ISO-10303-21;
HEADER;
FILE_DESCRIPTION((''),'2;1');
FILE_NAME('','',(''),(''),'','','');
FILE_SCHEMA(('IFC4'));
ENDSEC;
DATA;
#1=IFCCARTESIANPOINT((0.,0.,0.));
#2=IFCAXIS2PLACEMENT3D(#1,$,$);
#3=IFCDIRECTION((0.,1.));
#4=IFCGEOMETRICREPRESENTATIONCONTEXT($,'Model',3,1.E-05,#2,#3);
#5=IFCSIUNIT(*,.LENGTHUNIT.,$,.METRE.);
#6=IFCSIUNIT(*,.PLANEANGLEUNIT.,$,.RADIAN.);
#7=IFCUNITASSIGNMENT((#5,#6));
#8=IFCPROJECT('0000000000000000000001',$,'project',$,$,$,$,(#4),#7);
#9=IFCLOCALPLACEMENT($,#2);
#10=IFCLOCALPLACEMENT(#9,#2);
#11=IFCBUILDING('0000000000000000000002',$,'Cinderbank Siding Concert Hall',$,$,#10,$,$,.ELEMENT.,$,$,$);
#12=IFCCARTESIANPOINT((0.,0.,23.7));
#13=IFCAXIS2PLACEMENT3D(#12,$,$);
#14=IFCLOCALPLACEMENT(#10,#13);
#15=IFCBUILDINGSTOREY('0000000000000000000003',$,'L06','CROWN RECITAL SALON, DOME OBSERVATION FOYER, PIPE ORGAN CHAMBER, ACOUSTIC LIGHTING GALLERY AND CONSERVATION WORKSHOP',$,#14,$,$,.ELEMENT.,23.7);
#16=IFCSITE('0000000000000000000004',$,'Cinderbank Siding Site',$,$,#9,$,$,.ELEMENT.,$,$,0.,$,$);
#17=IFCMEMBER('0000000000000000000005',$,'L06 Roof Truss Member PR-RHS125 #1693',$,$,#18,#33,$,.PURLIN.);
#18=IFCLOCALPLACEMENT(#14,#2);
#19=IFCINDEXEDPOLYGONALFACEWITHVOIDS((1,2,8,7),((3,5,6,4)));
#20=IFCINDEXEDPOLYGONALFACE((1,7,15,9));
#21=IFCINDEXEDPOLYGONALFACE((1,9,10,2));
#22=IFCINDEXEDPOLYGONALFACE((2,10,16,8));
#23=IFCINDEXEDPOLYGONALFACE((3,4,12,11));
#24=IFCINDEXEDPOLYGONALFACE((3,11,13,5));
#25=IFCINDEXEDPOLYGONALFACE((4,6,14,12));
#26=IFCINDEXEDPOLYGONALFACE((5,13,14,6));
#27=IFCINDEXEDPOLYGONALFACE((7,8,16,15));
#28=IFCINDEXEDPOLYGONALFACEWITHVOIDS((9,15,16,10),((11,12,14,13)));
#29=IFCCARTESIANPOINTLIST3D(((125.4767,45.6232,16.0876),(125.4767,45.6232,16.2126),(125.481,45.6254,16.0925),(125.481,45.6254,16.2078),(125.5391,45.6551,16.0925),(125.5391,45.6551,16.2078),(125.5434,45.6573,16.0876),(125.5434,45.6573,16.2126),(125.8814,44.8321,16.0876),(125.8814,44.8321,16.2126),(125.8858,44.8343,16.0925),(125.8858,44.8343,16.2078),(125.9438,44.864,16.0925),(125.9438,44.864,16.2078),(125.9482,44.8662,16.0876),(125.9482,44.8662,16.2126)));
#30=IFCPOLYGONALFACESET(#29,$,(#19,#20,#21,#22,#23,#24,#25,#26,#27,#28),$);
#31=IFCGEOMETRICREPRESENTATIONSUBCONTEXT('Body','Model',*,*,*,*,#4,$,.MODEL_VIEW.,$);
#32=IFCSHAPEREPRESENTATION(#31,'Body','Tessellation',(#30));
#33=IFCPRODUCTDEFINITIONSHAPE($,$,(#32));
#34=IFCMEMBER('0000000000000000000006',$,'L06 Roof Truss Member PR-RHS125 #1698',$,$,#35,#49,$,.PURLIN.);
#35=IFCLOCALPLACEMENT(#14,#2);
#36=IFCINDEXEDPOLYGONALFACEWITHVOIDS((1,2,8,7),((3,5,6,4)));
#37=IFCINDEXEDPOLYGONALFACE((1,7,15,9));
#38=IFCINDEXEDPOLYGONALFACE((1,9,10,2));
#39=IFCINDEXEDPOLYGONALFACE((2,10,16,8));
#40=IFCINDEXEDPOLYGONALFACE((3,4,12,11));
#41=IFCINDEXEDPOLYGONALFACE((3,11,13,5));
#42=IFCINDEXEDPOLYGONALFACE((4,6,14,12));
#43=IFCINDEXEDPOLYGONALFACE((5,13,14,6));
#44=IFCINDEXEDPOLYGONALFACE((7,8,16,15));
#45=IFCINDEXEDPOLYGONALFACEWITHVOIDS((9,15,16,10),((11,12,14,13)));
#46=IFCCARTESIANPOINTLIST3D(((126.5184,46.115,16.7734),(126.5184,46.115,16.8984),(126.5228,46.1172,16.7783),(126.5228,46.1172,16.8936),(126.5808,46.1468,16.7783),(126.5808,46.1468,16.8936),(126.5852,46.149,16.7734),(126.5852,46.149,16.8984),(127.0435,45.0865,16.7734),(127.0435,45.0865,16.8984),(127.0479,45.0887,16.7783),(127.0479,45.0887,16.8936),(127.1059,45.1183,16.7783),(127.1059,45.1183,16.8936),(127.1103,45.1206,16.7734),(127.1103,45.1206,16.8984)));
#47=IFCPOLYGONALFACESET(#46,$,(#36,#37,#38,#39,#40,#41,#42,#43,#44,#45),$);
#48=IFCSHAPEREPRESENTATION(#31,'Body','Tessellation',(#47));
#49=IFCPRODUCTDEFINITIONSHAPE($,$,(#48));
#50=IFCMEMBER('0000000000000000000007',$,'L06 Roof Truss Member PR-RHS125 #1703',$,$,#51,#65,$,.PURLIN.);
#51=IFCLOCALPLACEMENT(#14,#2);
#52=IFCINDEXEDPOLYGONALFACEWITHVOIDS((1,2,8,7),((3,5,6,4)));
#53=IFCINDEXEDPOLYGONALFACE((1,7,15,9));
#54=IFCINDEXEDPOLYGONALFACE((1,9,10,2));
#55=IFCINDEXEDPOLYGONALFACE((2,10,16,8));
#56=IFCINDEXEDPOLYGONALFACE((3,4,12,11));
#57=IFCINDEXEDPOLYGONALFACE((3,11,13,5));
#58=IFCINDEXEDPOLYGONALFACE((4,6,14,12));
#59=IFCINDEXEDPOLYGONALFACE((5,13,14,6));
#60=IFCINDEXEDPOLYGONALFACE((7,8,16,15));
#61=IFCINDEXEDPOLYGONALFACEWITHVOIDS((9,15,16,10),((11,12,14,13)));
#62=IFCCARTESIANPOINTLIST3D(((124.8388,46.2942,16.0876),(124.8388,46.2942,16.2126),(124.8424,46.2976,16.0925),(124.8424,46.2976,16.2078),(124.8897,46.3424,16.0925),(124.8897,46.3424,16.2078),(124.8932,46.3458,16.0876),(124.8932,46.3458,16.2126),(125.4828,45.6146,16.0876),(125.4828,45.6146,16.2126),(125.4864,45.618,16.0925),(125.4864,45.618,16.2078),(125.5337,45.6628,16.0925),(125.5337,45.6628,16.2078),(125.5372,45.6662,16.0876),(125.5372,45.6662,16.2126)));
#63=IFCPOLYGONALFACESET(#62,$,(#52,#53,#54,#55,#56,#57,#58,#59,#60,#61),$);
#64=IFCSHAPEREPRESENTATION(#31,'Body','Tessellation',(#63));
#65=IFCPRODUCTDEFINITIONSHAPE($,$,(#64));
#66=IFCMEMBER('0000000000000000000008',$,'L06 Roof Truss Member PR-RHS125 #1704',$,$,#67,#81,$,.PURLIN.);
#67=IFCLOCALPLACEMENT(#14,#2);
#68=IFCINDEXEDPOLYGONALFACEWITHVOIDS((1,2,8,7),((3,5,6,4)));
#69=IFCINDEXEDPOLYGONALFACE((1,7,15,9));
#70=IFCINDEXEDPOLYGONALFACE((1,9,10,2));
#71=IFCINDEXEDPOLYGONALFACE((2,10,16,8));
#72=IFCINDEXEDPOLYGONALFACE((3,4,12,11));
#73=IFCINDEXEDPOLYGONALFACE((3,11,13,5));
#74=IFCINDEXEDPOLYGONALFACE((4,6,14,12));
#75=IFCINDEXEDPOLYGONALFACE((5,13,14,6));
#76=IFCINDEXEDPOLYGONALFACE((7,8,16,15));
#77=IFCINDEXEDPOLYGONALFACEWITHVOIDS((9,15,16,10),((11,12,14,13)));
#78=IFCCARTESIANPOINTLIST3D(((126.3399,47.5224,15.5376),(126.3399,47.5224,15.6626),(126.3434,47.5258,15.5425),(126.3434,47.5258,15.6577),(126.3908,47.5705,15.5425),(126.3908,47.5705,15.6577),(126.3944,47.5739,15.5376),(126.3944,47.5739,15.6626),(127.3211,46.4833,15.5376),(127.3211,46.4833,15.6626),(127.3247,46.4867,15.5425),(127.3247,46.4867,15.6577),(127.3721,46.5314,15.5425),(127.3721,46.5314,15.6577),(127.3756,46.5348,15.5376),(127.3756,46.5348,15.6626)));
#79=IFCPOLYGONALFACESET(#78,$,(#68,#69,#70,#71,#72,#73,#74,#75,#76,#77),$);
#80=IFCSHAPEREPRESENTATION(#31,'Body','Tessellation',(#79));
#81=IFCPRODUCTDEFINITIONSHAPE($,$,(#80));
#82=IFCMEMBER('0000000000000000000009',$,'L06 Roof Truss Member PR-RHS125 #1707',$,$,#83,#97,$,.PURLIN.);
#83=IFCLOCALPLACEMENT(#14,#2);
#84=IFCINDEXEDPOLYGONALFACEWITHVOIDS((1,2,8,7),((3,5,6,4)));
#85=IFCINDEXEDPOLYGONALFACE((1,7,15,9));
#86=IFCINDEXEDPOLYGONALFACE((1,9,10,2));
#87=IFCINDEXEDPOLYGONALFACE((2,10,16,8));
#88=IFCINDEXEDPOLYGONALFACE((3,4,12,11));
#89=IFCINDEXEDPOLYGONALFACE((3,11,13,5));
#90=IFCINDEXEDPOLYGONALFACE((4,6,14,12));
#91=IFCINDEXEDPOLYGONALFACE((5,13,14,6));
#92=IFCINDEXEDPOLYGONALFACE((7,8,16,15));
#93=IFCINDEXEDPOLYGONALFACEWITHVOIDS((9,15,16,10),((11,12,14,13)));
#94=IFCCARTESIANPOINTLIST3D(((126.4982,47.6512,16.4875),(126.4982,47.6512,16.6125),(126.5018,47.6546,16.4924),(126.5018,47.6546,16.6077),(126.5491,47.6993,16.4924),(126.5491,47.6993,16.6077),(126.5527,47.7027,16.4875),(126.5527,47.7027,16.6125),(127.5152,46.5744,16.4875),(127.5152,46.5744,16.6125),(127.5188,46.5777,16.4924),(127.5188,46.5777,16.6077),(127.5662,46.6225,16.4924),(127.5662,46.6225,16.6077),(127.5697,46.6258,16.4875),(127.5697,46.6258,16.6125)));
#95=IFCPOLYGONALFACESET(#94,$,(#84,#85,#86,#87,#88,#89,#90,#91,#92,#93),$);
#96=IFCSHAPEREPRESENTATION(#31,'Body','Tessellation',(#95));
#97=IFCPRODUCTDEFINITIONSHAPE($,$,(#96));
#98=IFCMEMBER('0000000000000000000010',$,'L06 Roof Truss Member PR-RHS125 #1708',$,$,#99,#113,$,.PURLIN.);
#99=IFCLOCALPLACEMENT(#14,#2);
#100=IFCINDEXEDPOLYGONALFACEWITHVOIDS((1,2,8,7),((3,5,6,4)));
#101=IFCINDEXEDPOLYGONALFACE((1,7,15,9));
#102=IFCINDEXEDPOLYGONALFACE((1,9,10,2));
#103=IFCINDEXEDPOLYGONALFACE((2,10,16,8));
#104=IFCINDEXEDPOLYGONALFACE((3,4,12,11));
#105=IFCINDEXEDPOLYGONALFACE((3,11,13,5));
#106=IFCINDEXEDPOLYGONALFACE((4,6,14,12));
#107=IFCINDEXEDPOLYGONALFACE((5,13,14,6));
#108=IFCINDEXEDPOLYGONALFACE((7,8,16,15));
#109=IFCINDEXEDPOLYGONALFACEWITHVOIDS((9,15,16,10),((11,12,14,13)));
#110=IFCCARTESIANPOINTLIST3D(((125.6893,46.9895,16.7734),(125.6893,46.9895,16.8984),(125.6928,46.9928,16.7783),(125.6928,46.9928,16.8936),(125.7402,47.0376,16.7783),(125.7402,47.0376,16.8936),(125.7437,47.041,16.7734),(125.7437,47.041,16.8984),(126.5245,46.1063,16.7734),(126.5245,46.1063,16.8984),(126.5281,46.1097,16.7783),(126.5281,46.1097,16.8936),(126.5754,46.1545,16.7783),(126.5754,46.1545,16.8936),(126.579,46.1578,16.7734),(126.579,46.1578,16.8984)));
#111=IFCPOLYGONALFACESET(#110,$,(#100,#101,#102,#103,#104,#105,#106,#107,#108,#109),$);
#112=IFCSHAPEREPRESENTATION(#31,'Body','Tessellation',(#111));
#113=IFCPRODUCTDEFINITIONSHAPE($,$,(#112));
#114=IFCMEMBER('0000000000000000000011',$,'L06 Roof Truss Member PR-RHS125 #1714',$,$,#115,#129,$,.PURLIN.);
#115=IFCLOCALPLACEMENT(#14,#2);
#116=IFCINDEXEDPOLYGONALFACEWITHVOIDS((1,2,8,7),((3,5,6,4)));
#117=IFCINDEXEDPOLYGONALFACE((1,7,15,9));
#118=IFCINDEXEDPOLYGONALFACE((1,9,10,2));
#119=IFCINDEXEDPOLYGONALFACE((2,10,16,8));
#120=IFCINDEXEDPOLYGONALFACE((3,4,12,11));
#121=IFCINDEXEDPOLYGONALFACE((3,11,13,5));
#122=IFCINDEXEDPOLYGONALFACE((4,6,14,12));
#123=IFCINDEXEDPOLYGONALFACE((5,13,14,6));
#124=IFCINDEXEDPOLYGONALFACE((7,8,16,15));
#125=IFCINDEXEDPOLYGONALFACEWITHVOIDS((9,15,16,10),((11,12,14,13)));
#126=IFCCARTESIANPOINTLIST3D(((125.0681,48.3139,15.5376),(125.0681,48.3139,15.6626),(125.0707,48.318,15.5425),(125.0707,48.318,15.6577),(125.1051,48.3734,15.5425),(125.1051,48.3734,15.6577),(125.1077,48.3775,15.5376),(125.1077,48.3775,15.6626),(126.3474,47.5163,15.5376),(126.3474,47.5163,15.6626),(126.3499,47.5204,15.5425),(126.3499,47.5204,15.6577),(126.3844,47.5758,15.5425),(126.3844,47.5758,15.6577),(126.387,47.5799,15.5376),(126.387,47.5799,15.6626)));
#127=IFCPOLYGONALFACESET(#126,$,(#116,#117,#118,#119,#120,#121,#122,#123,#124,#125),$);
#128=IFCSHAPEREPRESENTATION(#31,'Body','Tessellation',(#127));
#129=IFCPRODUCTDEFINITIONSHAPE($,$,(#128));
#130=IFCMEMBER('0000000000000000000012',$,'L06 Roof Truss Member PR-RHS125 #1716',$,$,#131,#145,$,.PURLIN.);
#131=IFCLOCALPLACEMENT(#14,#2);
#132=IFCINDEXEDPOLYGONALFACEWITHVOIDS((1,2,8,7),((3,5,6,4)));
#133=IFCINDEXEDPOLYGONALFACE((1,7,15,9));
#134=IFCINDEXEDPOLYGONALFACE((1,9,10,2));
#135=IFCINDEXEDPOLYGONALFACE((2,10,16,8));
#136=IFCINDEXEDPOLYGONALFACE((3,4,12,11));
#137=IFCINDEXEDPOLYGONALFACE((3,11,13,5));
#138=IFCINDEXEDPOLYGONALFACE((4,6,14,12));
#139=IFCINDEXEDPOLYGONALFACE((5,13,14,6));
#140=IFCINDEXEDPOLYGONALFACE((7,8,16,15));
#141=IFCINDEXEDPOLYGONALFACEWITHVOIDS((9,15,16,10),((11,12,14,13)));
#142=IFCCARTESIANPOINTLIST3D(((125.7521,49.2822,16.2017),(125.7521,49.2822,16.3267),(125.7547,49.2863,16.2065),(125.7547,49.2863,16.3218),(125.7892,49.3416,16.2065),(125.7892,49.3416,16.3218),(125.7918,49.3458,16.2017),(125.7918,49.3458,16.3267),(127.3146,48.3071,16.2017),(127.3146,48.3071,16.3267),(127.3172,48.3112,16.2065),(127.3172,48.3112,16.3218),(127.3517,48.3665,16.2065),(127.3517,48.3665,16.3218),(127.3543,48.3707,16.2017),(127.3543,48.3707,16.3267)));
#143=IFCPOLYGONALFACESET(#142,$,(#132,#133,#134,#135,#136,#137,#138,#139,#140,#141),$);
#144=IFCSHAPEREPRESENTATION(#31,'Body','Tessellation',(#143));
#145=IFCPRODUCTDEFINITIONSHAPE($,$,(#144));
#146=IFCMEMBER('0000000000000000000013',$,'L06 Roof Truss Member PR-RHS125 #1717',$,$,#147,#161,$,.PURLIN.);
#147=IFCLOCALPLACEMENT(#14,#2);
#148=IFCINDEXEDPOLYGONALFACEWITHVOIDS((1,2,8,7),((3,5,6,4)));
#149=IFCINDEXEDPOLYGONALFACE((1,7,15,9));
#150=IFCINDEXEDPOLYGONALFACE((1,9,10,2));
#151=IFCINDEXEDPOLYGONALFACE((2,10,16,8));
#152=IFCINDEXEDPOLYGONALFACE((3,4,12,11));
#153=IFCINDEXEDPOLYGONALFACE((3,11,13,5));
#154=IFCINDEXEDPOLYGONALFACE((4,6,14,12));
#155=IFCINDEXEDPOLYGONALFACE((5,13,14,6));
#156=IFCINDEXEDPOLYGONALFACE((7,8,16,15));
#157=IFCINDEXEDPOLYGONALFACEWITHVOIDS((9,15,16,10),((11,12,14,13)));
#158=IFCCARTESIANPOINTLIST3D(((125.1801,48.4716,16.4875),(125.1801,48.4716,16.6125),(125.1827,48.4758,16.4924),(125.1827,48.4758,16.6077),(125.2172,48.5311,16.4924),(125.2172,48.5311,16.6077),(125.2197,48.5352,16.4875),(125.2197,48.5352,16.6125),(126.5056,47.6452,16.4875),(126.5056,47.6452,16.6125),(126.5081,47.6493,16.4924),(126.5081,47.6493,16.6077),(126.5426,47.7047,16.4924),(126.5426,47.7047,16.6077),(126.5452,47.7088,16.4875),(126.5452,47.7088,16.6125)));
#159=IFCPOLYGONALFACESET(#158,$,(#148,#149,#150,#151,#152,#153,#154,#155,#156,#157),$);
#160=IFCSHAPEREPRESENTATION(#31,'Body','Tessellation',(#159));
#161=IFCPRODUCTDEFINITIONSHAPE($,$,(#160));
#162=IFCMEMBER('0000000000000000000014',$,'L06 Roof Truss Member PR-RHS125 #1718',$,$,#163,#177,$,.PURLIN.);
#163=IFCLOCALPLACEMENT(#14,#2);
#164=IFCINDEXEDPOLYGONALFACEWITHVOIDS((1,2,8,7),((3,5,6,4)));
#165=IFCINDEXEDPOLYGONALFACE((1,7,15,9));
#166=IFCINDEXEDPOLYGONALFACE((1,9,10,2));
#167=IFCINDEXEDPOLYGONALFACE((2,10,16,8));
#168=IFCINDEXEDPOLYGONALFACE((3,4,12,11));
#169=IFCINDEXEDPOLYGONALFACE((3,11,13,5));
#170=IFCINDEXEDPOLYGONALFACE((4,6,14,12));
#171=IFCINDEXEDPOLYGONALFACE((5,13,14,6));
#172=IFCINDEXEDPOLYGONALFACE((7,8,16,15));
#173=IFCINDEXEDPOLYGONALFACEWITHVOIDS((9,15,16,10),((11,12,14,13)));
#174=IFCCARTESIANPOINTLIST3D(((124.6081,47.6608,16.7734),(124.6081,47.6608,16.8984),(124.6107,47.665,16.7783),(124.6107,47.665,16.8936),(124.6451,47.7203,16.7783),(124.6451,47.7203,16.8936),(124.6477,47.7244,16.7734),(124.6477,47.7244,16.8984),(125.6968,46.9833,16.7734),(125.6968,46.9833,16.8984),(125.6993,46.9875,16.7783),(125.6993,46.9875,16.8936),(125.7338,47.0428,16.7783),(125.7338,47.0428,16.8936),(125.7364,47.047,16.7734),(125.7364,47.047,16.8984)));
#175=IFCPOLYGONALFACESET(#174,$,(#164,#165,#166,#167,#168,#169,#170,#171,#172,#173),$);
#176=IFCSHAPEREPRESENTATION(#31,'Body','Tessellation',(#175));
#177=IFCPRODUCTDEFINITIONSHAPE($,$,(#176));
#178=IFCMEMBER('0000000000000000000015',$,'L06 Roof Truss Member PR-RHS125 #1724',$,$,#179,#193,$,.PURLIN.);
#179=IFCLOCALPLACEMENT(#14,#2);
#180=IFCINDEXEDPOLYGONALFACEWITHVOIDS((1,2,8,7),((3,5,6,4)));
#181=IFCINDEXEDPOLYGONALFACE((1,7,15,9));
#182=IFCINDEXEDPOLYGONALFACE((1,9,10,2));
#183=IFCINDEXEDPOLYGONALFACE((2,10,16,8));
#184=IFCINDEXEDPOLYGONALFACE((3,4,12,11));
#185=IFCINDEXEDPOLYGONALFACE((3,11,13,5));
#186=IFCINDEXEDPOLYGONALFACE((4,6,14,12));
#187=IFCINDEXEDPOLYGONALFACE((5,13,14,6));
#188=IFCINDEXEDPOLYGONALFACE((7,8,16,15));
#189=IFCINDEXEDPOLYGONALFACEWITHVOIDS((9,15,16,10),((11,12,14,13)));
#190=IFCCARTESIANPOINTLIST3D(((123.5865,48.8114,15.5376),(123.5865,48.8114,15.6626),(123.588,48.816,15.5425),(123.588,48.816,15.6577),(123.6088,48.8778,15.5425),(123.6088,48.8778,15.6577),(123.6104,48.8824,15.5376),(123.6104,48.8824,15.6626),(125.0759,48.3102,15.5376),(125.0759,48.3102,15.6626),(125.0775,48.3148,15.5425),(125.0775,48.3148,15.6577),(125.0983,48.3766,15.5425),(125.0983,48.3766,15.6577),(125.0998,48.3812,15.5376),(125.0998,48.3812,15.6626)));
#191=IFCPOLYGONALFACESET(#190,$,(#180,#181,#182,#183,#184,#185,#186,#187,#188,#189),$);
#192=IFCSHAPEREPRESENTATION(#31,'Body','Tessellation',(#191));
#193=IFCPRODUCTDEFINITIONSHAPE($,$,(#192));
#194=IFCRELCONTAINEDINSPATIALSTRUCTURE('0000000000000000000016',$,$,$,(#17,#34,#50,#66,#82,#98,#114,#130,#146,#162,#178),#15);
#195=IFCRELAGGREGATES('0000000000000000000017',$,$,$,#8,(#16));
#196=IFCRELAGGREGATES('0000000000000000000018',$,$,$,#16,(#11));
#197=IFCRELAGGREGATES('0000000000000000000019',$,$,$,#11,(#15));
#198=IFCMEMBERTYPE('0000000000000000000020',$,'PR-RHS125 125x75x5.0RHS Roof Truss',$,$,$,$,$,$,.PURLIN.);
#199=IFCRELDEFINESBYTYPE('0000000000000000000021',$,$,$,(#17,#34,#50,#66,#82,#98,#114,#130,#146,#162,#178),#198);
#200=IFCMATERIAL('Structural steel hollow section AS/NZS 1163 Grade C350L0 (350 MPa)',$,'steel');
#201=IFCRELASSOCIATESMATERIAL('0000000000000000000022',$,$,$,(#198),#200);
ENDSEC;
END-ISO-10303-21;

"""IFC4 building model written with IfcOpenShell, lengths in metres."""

from ifc_helpers import new_model, si_unit, direction, frame, origin, origin_2d, place, context, subcontext, project, spatial, hollow_rectangle, extrude, material, material_profile, profile_set, type_object, element, save


model = new_model("IFC4")

# Units and contexts
model_context = context("Model", 3, precision=1e-05, world=origin(), true_north=direction((0.0, 1.0)))
body_context = subcontext(model_context, "Body", "Model", "MODEL_VIEW")
ifc_project = project(units=[si_unit("LENGTHUNIT", "METRE"), si_unit("PLANEANGLEUNIT", "RADIAN")], contexts=[model_context])

# Site, building, storey
site_placement = place(None, origin())
site = spatial("IfcSite", under=ifc_project, at=site_placement, Name="Cinderbank Siding Site", CompositionType="ELEMENT", RefElevation=0.0)
building_placement = place(site_placement, origin())
building = spatial("IfcBuilding", under=site, at=building_placement, Name="Cinderbank Siding Concert Hall", CompositionType="ELEMENT")
storey_placement = place(building_placement, frame((0.0, 0.0, 23.7)))
storey = spatial("IfcBuildingStorey", under=building, at=storey_placement, Name="L06", Description="CROWN RECITAL SALON, DOME OBSERVATION FOYER, PIPE ORGAN CHAMBER, ACOUSTIC LIGHTING GALLERY AND CONSERVATION WORKSHOP", CompositionType="ELEMENT", Elevation=23.7)

# Members
ifc_material_1 = material(Name="Structural steel hollow section AS/NZS 1163 Grade C350L0 (350 MPa)", Category="steel")
ifc_material_profile_1 = material_profile(ifc_material_1, hollow_rectangle(XDim=0.075, YDim=0.125, WallThickness=0.0049, at=origin_2d()), Name="125x75x5.0RHS", Category="LoadBearing")
ifc_profile_set_1 = profile_set([ifc_material_profile_1], Name="Structural steel hollow section AS/NZS 1163 Grade C350L0 (350 MPa)")
member_type_1 = type_object("IfcMemberType", Name="PR-RHS125 125x75x5.0RHS Roof Truss", PredefinedType="PURLIN", material=ifc_profile_set_1)
member_1_placement = place(storey_placement, frame((125.9148, 44.8491, 16.1501), z_axis=(-0.455435, 0.890269, 0.0), x_axis=(-0.890269, -0.455435, 0.0)))
element("IfcMember", 1, at=member_1_placement, inside=storey, type_object=member_type_1, Name="L06 Roof Truss Member PR-RHS125 #1693", PredefinedType="PURLIN", context=body_context, shape_type="SweptSolid", body=[
    extrude(hollow_rectangle(XDim=0.075, YDim=0.125, WallThickness=0.0049, at=origin_2d()), origin(), (0.0, 0.0, 1.0), 0.8887),
])
member_2_placement = place(storey_placement, frame((127.0769, 45.1035, 16.8359), z_axis=(-0.454724, 0.890633, 0.0), x_axis=(-0.890633, -0.454724, 0.0)))
element("IfcMember", 2, at=member_2_placement, inside=storey, type_object=member_type_1, Name="L06 Roof Truss Member PR-RHS125 #1698", PredefinedType="PURLIN", context=body_context, shape_type="SweptSolid", body=[
    extrude(hollow_rectangle(XDim=0.075, YDim=0.125, WallThickness=0.0049, at=origin_2d()), origin(), (0.0, 0.0, 1.0), 1.1548),
])
member_3_placement = place(storey_placement, frame((125.51, 45.6404, 16.1501), z_axis=(-0.687817, 0.725884, 0.0), x_axis=(-0.725884, -0.687817, 0.0)))
element("IfcMember", 3, at=member_3_placement, inside=storey, type_object=member_type_1, Name="L06 Roof Truss Member PR-RHS125 #1703", PredefinedType="PURLIN", context=body_context, shape_type="SweptSolid", body=[
    extrude(hollow_rectangle(XDim=0.075, YDim=0.125, WallThickness=0.0049, at=origin_2d()), origin(), (0.0, 0.0, 1.0), 0.9363),
])
member_4_placement = place(storey_placement, frame((127.3484, 46.509, 15.6001), z_axis=(-0.686573, 0.727061, 0.0), x_axis=(-0.727061, -0.686573, 0.0)))
element("IfcMember", 4, at=member_4_placement, inside=storey, type_object=member_type_1, Name="L06 Roof Truss Member PR-RHS125 #1704", PredefinedType="PURLIN", context=body_context, shape_type="SweptSolid", body=[
    extrude(hollow_rectangle(XDim=0.075, YDim=0.125, WallThickness=0.0049, at=origin_2d()), origin(), (0.0, 0.0, 1.0), 1.4292),
])
member_5_placement = place(storey_placement, frame((127.5425, 46.6001, 16.55), z_axis=(-0.686628, 0.727009, 0.0), x_axis=(-0.727009, -0.686628, 0.0)))
element("IfcMember", 5, at=member_5_placement, inside=storey, type_object=member_type_1, Name="L06 Roof Truss Member PR-RHS125 #1707", PredefinedType="PURLIN", context=body_context, shape_type="SweptSolid", body=[
    extrude(hollow_rectangle(XDim=0.075, YDim=0.125, WallThickness=0.0049, at=origin_2d()), origin(), (0.0, 0.0, 1.0), 1.4812),
])
member_6_placement = place(storey_placement, frame((126.5518, 46.1321, 16.8359), z_axis=(-0.687148, 0.726517, 0.0), x_axis=(-0.726517, -0.687148, 0.0)))
element("IfcMember", 6, at=member_6_placement, inside=storey, type_object=member_type_1, Name="L06 Roof Truss Member PR-RHS125 #1708", PredefinedType="PURLIN", context=body_context, shape_type="SweptSolid", body=[
    extrude(hollow_rectangle(XDim=0.075, YDim=0.125, WallThickness=0.0049, at=origin_2d()), origin(), (0.0, 0.0, 1.0), 1.2156),
])
member_7_placement = place(storey_placement, frame((126.3672, 47.5481, 15.6001), z_axis=(-0.84858, 0.529067, 0.0), x_axis=(-0.529067, -0.84858, 0.0)))
element("IfcMember", 7, at=member_7_placement, inside=storey, type_object=member_type_1, Name="L06 Roof Truss Member PR-RHS125 #1714", PredefinedType="PURLIN", context=body_context, shape_type="SweptSolid", body=[
    extrude(hollow_rectangle(XDim=0.075, YDim=0.125, WallThickness=0.0049, at=origin_2d()), origin(), (0.0, 0.0, 1.0), 1.5076),
])
member_8_placement = place(storey_placement, frame((127.3345, 48.3389, 16.2642), z_axis=(-0.848356, 0.529427, 0.0), x_axis=(-0.529427, -0.848356, 0.0)))
element("IfcMember", 8, at=member_8_placement, inside=storey, type_object=member_type_1, Name="L06 Roof Truss Member PR-RHS125 #1716", PredefinedType="PURLIN", context=body_context, shape_type="SweptSolid", body=[
    extrude(hollow_rectangle(XDim=0.075, YDim=0.125, WallThickness=0.0049, at=origin_2d()), origin(), (0.0, 0.0, 1.0), 1.8418),
])
member_9_placement = place(storey_placement, frame((126.5254, 47.677, 16.55), z_axis=(-0.848569, 0.529085, 0.0), x_axis=(-0.529085, -0.848569, 0.0)))
element("IfcMember", 9, at=member_9_placement, inside=storey, type_object=member_type_1, Name="L06 Roof Truss Member PR-RHS125 #1717", PredefinedType="PURLIN", context=body_context, shape_type="SweptSolid", body=[
    extrude(hollow_rectangle(XDim=0.075, YDim=0.125, WallThickness=0.0049, at=origin_2d()), origin(), (0.0, 0.0, 1.0), 1.562),
])
member_10_placement = place(storey_placement, frame((125.7166, 47.0151, 16.8359), z_axis=(-0.849013, 0.528372, 0.0), x_axis=(-0.528372, -0.849013, 0.0)))
element("IfcMember", 10, at=member_10_placement, inside=storey, type_object=member_type_1, Name="L06 Roof Truss Member PR-RHS125 #1718", PredefinedType="PURLIN", context=body_context, shape_type="SweptSolid", body=[
    extrude(hollow_rectangle(XDim=0.075, YDim=0.125, WallThickness=0.0049, at=origin_2d()), origin(), (0.0, 0.0, 1.0), 1.2822),
])
member_11_placement = place(storey_placement, frame((125.0879, 48.3457, 15.6001), z_axis=(-0.947778, 0.31893, 0.0), x_axis=(-0.31893, -0.947778, 0.0)))
element("IfcMember", 11, at=member_11_placement, inside=storey, type_object=member_type_1, Name="L06 Roof Truss Member PR-RHS125 #1724", PredefinedType="PURLIN", context=body_context, shape_type="SweptSolid", body=[
    extrude(hollow_rectangle(XDim=0.075, YDim=0.125, WallThickness=0.0049, at=origin_2d()), origin(), (0.0, 0.0, 1.0), 1.5715),
])

save(model, "model.ifc")
